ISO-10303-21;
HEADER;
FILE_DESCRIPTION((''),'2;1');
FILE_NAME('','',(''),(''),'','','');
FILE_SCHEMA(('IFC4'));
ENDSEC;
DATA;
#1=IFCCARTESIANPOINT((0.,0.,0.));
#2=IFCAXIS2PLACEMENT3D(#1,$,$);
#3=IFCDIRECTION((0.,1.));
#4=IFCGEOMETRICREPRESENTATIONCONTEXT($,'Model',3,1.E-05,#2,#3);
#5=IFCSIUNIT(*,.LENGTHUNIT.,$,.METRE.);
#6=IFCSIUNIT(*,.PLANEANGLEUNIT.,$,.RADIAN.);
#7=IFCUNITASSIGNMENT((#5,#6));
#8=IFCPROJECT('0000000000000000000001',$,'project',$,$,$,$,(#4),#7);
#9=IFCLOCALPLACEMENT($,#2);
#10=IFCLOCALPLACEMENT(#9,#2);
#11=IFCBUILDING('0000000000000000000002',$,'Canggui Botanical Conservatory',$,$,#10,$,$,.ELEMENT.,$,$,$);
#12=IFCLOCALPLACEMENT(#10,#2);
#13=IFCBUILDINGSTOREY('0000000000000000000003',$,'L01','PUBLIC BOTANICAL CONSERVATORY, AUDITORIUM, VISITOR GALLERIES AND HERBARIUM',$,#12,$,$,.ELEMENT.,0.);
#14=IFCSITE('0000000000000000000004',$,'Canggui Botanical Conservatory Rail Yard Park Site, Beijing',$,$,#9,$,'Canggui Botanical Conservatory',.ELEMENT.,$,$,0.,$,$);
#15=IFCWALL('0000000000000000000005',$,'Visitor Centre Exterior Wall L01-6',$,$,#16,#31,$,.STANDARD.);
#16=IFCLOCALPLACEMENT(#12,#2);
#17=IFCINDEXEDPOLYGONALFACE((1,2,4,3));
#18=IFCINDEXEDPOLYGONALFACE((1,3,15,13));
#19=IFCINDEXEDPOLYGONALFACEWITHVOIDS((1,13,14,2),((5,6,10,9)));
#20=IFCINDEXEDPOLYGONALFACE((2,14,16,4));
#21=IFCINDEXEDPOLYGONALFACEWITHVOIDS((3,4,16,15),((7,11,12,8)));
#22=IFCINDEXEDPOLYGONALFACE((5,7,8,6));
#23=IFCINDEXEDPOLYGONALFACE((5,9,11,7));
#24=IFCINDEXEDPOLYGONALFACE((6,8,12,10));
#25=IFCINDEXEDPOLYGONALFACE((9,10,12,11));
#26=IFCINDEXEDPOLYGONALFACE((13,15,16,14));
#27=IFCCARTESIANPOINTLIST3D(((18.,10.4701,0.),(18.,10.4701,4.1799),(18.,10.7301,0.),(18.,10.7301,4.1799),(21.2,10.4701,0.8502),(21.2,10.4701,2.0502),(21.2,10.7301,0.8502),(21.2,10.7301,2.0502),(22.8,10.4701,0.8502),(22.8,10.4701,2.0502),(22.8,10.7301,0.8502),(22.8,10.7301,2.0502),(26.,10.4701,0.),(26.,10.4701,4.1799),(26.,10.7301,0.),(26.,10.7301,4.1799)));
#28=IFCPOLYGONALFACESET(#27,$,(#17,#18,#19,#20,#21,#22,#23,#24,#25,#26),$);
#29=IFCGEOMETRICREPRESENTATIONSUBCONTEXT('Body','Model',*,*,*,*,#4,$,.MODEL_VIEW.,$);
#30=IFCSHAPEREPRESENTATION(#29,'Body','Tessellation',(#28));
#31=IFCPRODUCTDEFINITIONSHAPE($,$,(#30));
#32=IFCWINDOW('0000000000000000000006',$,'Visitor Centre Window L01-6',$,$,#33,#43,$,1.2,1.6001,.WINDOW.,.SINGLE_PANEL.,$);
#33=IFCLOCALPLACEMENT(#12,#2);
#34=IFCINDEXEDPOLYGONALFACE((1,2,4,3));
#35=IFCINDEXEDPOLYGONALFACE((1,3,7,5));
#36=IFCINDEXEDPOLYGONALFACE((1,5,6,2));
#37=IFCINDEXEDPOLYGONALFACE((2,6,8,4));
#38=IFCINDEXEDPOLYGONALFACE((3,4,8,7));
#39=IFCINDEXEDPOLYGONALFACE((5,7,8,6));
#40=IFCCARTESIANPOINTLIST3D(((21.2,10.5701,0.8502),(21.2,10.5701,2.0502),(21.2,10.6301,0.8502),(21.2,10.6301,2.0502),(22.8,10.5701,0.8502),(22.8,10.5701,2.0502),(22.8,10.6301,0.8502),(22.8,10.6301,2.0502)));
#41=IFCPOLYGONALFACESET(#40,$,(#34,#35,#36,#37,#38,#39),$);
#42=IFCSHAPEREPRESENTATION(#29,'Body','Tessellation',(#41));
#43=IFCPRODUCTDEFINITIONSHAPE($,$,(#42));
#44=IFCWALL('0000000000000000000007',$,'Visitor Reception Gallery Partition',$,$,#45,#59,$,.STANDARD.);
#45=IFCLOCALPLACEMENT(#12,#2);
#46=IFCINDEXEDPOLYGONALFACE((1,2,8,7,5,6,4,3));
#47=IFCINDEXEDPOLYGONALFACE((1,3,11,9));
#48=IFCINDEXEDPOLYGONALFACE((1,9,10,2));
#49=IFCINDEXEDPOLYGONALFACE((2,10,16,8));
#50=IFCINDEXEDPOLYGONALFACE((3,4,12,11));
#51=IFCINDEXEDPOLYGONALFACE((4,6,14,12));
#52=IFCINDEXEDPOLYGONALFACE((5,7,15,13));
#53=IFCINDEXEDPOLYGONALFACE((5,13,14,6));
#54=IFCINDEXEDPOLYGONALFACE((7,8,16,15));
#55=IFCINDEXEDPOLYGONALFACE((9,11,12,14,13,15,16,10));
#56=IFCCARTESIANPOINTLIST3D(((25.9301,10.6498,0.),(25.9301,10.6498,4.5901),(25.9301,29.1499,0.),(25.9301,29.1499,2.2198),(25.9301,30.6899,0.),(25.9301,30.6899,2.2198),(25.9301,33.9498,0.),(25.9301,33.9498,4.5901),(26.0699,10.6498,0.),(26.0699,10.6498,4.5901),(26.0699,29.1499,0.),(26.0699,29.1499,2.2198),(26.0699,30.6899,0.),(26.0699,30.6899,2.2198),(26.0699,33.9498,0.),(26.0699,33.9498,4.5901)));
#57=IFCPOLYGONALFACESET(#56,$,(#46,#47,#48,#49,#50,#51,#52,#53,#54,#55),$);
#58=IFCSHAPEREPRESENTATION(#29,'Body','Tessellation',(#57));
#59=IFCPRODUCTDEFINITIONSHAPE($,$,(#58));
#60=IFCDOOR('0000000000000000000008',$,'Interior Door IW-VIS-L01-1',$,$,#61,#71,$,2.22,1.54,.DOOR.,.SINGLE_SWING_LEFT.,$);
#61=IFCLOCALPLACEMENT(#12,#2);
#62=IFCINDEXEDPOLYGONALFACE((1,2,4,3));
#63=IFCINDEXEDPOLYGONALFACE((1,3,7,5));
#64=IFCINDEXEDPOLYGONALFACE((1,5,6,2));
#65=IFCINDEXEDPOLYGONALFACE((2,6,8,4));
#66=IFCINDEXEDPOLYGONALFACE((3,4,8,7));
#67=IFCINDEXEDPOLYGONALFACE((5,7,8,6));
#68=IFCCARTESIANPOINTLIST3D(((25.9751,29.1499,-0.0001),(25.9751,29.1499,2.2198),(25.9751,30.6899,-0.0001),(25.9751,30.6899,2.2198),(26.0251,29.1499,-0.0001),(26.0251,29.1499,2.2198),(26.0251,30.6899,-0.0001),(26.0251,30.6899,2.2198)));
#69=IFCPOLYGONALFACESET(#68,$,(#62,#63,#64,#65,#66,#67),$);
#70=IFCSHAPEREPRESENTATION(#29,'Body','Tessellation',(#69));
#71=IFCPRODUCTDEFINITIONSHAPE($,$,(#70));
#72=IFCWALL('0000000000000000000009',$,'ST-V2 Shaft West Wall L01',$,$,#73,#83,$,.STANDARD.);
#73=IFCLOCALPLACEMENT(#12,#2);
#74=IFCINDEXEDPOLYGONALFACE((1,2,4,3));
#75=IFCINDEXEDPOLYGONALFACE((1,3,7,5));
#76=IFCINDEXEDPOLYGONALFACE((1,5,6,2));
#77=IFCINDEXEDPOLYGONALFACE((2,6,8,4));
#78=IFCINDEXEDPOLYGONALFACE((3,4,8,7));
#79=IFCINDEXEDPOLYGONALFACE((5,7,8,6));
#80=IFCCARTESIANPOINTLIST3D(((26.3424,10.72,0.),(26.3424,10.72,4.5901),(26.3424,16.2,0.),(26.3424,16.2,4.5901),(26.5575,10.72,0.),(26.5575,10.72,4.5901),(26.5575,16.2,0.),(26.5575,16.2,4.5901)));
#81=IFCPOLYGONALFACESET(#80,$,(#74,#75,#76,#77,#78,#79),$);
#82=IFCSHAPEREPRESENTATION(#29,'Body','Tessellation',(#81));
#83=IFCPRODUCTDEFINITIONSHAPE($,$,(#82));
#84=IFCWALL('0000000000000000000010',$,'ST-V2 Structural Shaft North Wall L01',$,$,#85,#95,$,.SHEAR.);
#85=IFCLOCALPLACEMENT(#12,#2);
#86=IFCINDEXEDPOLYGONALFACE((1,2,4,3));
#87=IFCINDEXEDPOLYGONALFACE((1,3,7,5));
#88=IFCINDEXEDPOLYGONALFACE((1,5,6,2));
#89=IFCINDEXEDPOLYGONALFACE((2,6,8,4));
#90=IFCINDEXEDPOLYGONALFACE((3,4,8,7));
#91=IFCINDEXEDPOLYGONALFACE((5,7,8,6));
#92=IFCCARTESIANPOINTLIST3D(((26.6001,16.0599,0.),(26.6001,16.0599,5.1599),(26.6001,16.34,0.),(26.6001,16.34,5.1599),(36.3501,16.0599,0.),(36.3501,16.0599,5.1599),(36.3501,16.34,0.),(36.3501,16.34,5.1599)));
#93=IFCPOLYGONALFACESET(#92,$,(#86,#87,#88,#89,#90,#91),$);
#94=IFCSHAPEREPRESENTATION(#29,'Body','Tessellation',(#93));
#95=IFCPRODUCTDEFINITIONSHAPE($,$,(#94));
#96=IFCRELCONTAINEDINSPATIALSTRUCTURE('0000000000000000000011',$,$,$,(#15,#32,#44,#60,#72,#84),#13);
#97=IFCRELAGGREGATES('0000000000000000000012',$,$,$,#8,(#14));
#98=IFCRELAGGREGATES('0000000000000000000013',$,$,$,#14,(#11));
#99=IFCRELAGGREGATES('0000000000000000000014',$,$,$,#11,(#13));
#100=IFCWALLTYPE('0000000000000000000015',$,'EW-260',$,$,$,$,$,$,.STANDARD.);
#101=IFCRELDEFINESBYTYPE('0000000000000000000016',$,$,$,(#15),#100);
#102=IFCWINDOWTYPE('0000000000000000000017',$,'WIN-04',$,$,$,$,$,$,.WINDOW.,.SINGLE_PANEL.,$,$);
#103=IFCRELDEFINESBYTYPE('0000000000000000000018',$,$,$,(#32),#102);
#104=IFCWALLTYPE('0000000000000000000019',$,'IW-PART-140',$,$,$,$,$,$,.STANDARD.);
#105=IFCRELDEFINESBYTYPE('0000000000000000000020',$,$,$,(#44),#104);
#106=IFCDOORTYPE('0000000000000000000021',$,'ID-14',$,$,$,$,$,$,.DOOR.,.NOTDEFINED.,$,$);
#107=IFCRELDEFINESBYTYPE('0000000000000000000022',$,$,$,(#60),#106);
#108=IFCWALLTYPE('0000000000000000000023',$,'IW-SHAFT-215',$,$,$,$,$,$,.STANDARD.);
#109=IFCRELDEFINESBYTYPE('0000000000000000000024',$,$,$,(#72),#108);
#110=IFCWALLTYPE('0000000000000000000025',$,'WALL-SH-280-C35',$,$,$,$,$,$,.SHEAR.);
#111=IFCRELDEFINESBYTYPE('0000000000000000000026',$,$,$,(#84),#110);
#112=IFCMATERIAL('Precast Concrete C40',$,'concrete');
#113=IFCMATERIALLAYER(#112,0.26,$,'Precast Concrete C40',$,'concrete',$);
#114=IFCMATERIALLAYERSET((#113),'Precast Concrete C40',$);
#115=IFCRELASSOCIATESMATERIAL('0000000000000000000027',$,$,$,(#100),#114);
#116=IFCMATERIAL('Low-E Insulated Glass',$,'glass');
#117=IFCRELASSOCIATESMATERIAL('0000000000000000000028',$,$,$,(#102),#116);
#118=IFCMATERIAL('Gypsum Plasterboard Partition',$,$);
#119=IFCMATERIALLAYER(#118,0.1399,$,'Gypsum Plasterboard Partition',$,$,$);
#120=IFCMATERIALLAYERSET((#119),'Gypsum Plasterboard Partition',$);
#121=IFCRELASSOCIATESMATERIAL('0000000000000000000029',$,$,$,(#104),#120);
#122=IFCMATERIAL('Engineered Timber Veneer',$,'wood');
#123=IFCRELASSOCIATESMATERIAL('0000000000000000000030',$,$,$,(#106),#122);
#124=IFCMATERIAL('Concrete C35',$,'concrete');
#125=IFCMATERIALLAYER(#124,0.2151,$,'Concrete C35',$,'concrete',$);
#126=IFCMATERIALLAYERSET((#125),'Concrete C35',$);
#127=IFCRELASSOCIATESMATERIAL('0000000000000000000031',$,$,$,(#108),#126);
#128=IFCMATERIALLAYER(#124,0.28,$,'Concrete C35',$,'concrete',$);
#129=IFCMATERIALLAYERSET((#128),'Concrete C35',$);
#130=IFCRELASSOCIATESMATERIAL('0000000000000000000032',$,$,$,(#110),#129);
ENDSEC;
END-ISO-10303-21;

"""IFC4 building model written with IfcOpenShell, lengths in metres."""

from ifc_helpers import new_model, si_unit, direction, frame, frame_2d, origin, place, context, subcontext, project, spatial, rectangle, extrude, material, layer, layer_set, type_object, element, fill, save


model = new_model("IFC4")

# Units and contexts
model_context = context("Model", 3, precision=1e-05, world=origin(), true_north=direction((0.0, 1.0)))
body_context = subcontext(model_context, "Body", "Model", "MODEL_VIEW")
ifc_project = project(units=[si_unit("LENGTHUNIT", "METRE"), si_unit("PLANEANGLEUNIT", "RADIAN")], contexts=[model_context])

# Site, building, storey
site_placement = place(None, origin())
site = spatial("IfcSite", under=ifc_project, at=site_placement, Name="Canggui Botanical Conservatory Rail Yard Park Site, Beijing", LongName="Canggui Botanical Conservatory", CompositionType="ELEMENT", RefElevation=0.0)
building_placement = place(site_placement, origin())
building = spatial("IfcBuilding", under=site, at=building_placement, Name="Canggui Botanical Conservatory", CompositionType="ELEMENT")
storey_placement = place(building_placement, origin())
storey = spatial("IfcBuildingStorey", under=building, at=storey_placement, Name="L01", Description="PUBLIC BOTANICAL CONSERVATORY, AUDITORIUM, VISITOR GALLERIES AND HERBARIUM", CompositionType="ELEMENT", Elevation=0.0)

# Shared definitions
ifc_material_1 = material(Name="Concrete C35", Category="concrete")

# Wall, opening, window
ifc_material_2 = material(Name="Precast Concrete C40", Category="concrete")
ifc_layer_1 = layer(ifc_material_2, 0.26, Name="Precast Concrete C40", Category="concrete")
ifc_layer_set_1 = layer_set([ifc_layer_1], Name="Precast Concrete C40")
wall_type_1 = type_object("IfcWallType", Name="EW-260", PredefinedType="STANDARD", material=ifc_layer_set_1)
wall_1_placement = place(storey_placement, frame((26.0, 10.6001, 0.0), z_axis=(0.0, 0.0, 1.0), x_axis=(-1.0, 0.0, 0.0)))
wall_1 = element("IfcWall", 1, at=wall_1_placement, inside=storey, type_object=wall_type_1, Name="Visitor Centre Exterior Wall L01-6", PredefinedType="STANDARD", context=body_context, shape_type="SweptSolid", body=[
    extrude(rectangle(XDim=8.0, YDim=0.26, at=frame_2d((4.0, 0.0))), origin(), (0.0, 0.0, 1.0), 4.1799),
])
opening_1_placement = place(wall_1_placement, frame((3.2, 0.0, 0.8501)))
opening_1 = element("IfcOpeningElement", 2, at=opening_1_placement, cuts=wall_1, PredefinedType="OPENING", context=body_context, shape_type="SweptSolid", body=[
    extrude(rectangle(XDim=1.6001, YDim=1.2, at=frame_2d((0.8, 0.6001))), frame((0.0, 0.1401, 0.0), z_axis=(0.0, -1.0, 0.0), x_axis=(1.0, 0.0, 0.0)), (0.0, 0.0, 1.0), 0.28),
])
ifc_material_3 = material(Name="Low-E Insulated Glass", Category="glass")
window_type = type_object("IfcWindowType", Name="WIN-04", PartitioningType="SINGLE_PANEL", PredefinedType="WINDOW", material=ifc_material_3)
window_placement = place(opening_1_placement, origin())
window = element("IfcWindow", 3, at=window_placement, inside=storey, type_object=window_type, Name="Visitor Centre Window L01-6", OverallHeight=1.2, OverallWidth=1.6001, PartitioningType="SINGLE_PANEL", PredefinedType="WINDOW", context=body_context, shape_type="SweptSolid", body=[
    extrude(rectangle(XDim=1.6001, YDim=1.2, at=frame_2d((0.8, 0.6001))), frame((0.0, 0.03, 0.0), z_axis=(0.0, -1.0, 0.0), x_axis=(1.0, 0.0, 0.0)), (0.0, 0.0, 1.0), 0.0601),
])
fill(opening_1, window)

# Wall, opening, door
ifc_material_4 = material(Name="Gypsum Plasterboard Partition")
ifc_layer_2 = layer(ifc_material_4, 0.1399, Name="Gypsum Plasterboard Partition")
ifc_layer_set_2 = layer_set([ifc_layer_2], Name="Gypsum Plasterboard Partition")
wall_type_2 = type_object("IfcWallType", Name="IW-PART-140", PredefinedType="STANDARD", material=ifc_layer_set_2)
wall_2_placement = place(storey_placement, frame((26.0, 10.6499, 0.0), z_axis=(0.0, 0.0, 1.0), x_axis=(0.0, 1.0, 0.0)))
wall_2 = element("IfcWall", 4, at=wall_2_placement, inside=storey, type_object=wall_type_2, Name="Visitor Reception Gallery Partition", PredefinedType="STANDARD", context=body_context, shape_type="SweptSolid", body=[
    extrude(rectangle(XDim=23.3, YDim=0.1399, at=frame_2d((11.6499, 0.0))), origin(), (0.0, 0.0, 1.0), 4.5901),
])
opening_2_placement = place(wall_2_placement, frame((18.5, 0.0, 0.0)))
opening_2 = element("IfcOpeningElement", 5, at=opening_2_placement, cuts=wall_2, PredefinedType="OPENING", context=body_context, shape_type="SweptSolid", body=[
    extrude(rectangle(XDim=1.54, YDim=2.22, at=frame_2d((0.77, 1.1099))), frame((0.0, 0.0801, 0.0), z_axis=(0.0, -1.0, 0.0), x_axis=(1.0, 0.0, 0.0)), (0.0, 0.0, 1.0), 0.1599),
])
ifc_material_5 = material(Name="Engineered Timber Veneer", Category="wood")
door_type = type_object("IfcDoorType", Name="ID-14", OperationType="NOTDEFINED", PredefinedType="DOOR", material=ifc_material_5)
door_placement = place(opening_2_placement, origin())
door = element("IfcDoor", 6, at=door_placement, inside=storey, type_object=door_type, Name="Interior Door IW-VIS-L01-1", OperationType="SINGLE_SWING_LEFT", OverallHeight=2.22, OverallWidth=1.54, PredefinedType="DOOR", context=body_context, shape_type="SweptSolid", body=[
    extrude(rectangle(XDim=1.54, YDim=2.22, at=frame_2d((0.77, 1.1099))), frame((0.0, 0.0249, 0.0), z_axis=(0.0, -1.0, 0.0), x_axis=(1.0, 0.0, 0.0)), (0.0, 0.0, 1.0), 0.05),
])
fill(opening_2, door)

# Walls
ifc_layer_3 = layer(ifc_material_1, 0.2151, Name="Concrete C35", Category="concrete")
ifc_layer_set_3 = layer_set([ifc_layer_3], Name="Concrete C35")
wall_type_3 = type_object("IfcWallType", Name="IW-SHAFT-215", PredefinedType="STANDARD", material=ifc_layer_set_3)
wall_3_placement = place(storey_placement, frame((26.45, 16.2, 0.0), z_axis=(0.0, 0.0, 1.0), x_axis=(0.0, -1.0, 0.0)))
element("IfcWall", 7, at=wall_3_placement, inside=storey, type_object=wall_type_3, Name="ST-V2 Shaft West Wall L01", PredefinedType="STANDARD", context=body_context, shape_type="SweptSolid", body=[
    extrude(rectangle(XDim=5.48, YDim=0.2151, at=frame_2d((2.74, 0.0))), origin(), (0.0, 0.0, 1.0), 4.5901),
])
ifc_layer_4 = layer(ifc_material_1, 0.28, Name="Concrete C35", Category="concrete")
ifc_layer_set_4 = layer_set([ifc_layer_4], Name="Concrete C35")
wall_type_4 = type_object("IfcWallType", Name="WALL-SH-280-C35", PredefinedType="SHEAR", material=ifc_layer_set_4)
wall_4_placement = place(storey_placement, frame((26.6001, 16.2, 0.0), z_axis=(0.0, 0.0, 1.0), x_axis=(1.0, 0.0, 0.0)))
element("IfcWall", 8, at=wall_4_placement, inside=storey, type_object=wall_type_4, Name="ST-V2 Structural Shaft North Wall L01", PredefinedType="SHEAR", context=body_context, shape_type="SweptSolid", body=[
    extrude(rectangle(XDim=9.75, YDim=0.28, at=frame_2d((4.875, 0.0))), origin(), (0.0, 0.0, 1.0), 5.1599),
])

save(model, "model.ifc")
